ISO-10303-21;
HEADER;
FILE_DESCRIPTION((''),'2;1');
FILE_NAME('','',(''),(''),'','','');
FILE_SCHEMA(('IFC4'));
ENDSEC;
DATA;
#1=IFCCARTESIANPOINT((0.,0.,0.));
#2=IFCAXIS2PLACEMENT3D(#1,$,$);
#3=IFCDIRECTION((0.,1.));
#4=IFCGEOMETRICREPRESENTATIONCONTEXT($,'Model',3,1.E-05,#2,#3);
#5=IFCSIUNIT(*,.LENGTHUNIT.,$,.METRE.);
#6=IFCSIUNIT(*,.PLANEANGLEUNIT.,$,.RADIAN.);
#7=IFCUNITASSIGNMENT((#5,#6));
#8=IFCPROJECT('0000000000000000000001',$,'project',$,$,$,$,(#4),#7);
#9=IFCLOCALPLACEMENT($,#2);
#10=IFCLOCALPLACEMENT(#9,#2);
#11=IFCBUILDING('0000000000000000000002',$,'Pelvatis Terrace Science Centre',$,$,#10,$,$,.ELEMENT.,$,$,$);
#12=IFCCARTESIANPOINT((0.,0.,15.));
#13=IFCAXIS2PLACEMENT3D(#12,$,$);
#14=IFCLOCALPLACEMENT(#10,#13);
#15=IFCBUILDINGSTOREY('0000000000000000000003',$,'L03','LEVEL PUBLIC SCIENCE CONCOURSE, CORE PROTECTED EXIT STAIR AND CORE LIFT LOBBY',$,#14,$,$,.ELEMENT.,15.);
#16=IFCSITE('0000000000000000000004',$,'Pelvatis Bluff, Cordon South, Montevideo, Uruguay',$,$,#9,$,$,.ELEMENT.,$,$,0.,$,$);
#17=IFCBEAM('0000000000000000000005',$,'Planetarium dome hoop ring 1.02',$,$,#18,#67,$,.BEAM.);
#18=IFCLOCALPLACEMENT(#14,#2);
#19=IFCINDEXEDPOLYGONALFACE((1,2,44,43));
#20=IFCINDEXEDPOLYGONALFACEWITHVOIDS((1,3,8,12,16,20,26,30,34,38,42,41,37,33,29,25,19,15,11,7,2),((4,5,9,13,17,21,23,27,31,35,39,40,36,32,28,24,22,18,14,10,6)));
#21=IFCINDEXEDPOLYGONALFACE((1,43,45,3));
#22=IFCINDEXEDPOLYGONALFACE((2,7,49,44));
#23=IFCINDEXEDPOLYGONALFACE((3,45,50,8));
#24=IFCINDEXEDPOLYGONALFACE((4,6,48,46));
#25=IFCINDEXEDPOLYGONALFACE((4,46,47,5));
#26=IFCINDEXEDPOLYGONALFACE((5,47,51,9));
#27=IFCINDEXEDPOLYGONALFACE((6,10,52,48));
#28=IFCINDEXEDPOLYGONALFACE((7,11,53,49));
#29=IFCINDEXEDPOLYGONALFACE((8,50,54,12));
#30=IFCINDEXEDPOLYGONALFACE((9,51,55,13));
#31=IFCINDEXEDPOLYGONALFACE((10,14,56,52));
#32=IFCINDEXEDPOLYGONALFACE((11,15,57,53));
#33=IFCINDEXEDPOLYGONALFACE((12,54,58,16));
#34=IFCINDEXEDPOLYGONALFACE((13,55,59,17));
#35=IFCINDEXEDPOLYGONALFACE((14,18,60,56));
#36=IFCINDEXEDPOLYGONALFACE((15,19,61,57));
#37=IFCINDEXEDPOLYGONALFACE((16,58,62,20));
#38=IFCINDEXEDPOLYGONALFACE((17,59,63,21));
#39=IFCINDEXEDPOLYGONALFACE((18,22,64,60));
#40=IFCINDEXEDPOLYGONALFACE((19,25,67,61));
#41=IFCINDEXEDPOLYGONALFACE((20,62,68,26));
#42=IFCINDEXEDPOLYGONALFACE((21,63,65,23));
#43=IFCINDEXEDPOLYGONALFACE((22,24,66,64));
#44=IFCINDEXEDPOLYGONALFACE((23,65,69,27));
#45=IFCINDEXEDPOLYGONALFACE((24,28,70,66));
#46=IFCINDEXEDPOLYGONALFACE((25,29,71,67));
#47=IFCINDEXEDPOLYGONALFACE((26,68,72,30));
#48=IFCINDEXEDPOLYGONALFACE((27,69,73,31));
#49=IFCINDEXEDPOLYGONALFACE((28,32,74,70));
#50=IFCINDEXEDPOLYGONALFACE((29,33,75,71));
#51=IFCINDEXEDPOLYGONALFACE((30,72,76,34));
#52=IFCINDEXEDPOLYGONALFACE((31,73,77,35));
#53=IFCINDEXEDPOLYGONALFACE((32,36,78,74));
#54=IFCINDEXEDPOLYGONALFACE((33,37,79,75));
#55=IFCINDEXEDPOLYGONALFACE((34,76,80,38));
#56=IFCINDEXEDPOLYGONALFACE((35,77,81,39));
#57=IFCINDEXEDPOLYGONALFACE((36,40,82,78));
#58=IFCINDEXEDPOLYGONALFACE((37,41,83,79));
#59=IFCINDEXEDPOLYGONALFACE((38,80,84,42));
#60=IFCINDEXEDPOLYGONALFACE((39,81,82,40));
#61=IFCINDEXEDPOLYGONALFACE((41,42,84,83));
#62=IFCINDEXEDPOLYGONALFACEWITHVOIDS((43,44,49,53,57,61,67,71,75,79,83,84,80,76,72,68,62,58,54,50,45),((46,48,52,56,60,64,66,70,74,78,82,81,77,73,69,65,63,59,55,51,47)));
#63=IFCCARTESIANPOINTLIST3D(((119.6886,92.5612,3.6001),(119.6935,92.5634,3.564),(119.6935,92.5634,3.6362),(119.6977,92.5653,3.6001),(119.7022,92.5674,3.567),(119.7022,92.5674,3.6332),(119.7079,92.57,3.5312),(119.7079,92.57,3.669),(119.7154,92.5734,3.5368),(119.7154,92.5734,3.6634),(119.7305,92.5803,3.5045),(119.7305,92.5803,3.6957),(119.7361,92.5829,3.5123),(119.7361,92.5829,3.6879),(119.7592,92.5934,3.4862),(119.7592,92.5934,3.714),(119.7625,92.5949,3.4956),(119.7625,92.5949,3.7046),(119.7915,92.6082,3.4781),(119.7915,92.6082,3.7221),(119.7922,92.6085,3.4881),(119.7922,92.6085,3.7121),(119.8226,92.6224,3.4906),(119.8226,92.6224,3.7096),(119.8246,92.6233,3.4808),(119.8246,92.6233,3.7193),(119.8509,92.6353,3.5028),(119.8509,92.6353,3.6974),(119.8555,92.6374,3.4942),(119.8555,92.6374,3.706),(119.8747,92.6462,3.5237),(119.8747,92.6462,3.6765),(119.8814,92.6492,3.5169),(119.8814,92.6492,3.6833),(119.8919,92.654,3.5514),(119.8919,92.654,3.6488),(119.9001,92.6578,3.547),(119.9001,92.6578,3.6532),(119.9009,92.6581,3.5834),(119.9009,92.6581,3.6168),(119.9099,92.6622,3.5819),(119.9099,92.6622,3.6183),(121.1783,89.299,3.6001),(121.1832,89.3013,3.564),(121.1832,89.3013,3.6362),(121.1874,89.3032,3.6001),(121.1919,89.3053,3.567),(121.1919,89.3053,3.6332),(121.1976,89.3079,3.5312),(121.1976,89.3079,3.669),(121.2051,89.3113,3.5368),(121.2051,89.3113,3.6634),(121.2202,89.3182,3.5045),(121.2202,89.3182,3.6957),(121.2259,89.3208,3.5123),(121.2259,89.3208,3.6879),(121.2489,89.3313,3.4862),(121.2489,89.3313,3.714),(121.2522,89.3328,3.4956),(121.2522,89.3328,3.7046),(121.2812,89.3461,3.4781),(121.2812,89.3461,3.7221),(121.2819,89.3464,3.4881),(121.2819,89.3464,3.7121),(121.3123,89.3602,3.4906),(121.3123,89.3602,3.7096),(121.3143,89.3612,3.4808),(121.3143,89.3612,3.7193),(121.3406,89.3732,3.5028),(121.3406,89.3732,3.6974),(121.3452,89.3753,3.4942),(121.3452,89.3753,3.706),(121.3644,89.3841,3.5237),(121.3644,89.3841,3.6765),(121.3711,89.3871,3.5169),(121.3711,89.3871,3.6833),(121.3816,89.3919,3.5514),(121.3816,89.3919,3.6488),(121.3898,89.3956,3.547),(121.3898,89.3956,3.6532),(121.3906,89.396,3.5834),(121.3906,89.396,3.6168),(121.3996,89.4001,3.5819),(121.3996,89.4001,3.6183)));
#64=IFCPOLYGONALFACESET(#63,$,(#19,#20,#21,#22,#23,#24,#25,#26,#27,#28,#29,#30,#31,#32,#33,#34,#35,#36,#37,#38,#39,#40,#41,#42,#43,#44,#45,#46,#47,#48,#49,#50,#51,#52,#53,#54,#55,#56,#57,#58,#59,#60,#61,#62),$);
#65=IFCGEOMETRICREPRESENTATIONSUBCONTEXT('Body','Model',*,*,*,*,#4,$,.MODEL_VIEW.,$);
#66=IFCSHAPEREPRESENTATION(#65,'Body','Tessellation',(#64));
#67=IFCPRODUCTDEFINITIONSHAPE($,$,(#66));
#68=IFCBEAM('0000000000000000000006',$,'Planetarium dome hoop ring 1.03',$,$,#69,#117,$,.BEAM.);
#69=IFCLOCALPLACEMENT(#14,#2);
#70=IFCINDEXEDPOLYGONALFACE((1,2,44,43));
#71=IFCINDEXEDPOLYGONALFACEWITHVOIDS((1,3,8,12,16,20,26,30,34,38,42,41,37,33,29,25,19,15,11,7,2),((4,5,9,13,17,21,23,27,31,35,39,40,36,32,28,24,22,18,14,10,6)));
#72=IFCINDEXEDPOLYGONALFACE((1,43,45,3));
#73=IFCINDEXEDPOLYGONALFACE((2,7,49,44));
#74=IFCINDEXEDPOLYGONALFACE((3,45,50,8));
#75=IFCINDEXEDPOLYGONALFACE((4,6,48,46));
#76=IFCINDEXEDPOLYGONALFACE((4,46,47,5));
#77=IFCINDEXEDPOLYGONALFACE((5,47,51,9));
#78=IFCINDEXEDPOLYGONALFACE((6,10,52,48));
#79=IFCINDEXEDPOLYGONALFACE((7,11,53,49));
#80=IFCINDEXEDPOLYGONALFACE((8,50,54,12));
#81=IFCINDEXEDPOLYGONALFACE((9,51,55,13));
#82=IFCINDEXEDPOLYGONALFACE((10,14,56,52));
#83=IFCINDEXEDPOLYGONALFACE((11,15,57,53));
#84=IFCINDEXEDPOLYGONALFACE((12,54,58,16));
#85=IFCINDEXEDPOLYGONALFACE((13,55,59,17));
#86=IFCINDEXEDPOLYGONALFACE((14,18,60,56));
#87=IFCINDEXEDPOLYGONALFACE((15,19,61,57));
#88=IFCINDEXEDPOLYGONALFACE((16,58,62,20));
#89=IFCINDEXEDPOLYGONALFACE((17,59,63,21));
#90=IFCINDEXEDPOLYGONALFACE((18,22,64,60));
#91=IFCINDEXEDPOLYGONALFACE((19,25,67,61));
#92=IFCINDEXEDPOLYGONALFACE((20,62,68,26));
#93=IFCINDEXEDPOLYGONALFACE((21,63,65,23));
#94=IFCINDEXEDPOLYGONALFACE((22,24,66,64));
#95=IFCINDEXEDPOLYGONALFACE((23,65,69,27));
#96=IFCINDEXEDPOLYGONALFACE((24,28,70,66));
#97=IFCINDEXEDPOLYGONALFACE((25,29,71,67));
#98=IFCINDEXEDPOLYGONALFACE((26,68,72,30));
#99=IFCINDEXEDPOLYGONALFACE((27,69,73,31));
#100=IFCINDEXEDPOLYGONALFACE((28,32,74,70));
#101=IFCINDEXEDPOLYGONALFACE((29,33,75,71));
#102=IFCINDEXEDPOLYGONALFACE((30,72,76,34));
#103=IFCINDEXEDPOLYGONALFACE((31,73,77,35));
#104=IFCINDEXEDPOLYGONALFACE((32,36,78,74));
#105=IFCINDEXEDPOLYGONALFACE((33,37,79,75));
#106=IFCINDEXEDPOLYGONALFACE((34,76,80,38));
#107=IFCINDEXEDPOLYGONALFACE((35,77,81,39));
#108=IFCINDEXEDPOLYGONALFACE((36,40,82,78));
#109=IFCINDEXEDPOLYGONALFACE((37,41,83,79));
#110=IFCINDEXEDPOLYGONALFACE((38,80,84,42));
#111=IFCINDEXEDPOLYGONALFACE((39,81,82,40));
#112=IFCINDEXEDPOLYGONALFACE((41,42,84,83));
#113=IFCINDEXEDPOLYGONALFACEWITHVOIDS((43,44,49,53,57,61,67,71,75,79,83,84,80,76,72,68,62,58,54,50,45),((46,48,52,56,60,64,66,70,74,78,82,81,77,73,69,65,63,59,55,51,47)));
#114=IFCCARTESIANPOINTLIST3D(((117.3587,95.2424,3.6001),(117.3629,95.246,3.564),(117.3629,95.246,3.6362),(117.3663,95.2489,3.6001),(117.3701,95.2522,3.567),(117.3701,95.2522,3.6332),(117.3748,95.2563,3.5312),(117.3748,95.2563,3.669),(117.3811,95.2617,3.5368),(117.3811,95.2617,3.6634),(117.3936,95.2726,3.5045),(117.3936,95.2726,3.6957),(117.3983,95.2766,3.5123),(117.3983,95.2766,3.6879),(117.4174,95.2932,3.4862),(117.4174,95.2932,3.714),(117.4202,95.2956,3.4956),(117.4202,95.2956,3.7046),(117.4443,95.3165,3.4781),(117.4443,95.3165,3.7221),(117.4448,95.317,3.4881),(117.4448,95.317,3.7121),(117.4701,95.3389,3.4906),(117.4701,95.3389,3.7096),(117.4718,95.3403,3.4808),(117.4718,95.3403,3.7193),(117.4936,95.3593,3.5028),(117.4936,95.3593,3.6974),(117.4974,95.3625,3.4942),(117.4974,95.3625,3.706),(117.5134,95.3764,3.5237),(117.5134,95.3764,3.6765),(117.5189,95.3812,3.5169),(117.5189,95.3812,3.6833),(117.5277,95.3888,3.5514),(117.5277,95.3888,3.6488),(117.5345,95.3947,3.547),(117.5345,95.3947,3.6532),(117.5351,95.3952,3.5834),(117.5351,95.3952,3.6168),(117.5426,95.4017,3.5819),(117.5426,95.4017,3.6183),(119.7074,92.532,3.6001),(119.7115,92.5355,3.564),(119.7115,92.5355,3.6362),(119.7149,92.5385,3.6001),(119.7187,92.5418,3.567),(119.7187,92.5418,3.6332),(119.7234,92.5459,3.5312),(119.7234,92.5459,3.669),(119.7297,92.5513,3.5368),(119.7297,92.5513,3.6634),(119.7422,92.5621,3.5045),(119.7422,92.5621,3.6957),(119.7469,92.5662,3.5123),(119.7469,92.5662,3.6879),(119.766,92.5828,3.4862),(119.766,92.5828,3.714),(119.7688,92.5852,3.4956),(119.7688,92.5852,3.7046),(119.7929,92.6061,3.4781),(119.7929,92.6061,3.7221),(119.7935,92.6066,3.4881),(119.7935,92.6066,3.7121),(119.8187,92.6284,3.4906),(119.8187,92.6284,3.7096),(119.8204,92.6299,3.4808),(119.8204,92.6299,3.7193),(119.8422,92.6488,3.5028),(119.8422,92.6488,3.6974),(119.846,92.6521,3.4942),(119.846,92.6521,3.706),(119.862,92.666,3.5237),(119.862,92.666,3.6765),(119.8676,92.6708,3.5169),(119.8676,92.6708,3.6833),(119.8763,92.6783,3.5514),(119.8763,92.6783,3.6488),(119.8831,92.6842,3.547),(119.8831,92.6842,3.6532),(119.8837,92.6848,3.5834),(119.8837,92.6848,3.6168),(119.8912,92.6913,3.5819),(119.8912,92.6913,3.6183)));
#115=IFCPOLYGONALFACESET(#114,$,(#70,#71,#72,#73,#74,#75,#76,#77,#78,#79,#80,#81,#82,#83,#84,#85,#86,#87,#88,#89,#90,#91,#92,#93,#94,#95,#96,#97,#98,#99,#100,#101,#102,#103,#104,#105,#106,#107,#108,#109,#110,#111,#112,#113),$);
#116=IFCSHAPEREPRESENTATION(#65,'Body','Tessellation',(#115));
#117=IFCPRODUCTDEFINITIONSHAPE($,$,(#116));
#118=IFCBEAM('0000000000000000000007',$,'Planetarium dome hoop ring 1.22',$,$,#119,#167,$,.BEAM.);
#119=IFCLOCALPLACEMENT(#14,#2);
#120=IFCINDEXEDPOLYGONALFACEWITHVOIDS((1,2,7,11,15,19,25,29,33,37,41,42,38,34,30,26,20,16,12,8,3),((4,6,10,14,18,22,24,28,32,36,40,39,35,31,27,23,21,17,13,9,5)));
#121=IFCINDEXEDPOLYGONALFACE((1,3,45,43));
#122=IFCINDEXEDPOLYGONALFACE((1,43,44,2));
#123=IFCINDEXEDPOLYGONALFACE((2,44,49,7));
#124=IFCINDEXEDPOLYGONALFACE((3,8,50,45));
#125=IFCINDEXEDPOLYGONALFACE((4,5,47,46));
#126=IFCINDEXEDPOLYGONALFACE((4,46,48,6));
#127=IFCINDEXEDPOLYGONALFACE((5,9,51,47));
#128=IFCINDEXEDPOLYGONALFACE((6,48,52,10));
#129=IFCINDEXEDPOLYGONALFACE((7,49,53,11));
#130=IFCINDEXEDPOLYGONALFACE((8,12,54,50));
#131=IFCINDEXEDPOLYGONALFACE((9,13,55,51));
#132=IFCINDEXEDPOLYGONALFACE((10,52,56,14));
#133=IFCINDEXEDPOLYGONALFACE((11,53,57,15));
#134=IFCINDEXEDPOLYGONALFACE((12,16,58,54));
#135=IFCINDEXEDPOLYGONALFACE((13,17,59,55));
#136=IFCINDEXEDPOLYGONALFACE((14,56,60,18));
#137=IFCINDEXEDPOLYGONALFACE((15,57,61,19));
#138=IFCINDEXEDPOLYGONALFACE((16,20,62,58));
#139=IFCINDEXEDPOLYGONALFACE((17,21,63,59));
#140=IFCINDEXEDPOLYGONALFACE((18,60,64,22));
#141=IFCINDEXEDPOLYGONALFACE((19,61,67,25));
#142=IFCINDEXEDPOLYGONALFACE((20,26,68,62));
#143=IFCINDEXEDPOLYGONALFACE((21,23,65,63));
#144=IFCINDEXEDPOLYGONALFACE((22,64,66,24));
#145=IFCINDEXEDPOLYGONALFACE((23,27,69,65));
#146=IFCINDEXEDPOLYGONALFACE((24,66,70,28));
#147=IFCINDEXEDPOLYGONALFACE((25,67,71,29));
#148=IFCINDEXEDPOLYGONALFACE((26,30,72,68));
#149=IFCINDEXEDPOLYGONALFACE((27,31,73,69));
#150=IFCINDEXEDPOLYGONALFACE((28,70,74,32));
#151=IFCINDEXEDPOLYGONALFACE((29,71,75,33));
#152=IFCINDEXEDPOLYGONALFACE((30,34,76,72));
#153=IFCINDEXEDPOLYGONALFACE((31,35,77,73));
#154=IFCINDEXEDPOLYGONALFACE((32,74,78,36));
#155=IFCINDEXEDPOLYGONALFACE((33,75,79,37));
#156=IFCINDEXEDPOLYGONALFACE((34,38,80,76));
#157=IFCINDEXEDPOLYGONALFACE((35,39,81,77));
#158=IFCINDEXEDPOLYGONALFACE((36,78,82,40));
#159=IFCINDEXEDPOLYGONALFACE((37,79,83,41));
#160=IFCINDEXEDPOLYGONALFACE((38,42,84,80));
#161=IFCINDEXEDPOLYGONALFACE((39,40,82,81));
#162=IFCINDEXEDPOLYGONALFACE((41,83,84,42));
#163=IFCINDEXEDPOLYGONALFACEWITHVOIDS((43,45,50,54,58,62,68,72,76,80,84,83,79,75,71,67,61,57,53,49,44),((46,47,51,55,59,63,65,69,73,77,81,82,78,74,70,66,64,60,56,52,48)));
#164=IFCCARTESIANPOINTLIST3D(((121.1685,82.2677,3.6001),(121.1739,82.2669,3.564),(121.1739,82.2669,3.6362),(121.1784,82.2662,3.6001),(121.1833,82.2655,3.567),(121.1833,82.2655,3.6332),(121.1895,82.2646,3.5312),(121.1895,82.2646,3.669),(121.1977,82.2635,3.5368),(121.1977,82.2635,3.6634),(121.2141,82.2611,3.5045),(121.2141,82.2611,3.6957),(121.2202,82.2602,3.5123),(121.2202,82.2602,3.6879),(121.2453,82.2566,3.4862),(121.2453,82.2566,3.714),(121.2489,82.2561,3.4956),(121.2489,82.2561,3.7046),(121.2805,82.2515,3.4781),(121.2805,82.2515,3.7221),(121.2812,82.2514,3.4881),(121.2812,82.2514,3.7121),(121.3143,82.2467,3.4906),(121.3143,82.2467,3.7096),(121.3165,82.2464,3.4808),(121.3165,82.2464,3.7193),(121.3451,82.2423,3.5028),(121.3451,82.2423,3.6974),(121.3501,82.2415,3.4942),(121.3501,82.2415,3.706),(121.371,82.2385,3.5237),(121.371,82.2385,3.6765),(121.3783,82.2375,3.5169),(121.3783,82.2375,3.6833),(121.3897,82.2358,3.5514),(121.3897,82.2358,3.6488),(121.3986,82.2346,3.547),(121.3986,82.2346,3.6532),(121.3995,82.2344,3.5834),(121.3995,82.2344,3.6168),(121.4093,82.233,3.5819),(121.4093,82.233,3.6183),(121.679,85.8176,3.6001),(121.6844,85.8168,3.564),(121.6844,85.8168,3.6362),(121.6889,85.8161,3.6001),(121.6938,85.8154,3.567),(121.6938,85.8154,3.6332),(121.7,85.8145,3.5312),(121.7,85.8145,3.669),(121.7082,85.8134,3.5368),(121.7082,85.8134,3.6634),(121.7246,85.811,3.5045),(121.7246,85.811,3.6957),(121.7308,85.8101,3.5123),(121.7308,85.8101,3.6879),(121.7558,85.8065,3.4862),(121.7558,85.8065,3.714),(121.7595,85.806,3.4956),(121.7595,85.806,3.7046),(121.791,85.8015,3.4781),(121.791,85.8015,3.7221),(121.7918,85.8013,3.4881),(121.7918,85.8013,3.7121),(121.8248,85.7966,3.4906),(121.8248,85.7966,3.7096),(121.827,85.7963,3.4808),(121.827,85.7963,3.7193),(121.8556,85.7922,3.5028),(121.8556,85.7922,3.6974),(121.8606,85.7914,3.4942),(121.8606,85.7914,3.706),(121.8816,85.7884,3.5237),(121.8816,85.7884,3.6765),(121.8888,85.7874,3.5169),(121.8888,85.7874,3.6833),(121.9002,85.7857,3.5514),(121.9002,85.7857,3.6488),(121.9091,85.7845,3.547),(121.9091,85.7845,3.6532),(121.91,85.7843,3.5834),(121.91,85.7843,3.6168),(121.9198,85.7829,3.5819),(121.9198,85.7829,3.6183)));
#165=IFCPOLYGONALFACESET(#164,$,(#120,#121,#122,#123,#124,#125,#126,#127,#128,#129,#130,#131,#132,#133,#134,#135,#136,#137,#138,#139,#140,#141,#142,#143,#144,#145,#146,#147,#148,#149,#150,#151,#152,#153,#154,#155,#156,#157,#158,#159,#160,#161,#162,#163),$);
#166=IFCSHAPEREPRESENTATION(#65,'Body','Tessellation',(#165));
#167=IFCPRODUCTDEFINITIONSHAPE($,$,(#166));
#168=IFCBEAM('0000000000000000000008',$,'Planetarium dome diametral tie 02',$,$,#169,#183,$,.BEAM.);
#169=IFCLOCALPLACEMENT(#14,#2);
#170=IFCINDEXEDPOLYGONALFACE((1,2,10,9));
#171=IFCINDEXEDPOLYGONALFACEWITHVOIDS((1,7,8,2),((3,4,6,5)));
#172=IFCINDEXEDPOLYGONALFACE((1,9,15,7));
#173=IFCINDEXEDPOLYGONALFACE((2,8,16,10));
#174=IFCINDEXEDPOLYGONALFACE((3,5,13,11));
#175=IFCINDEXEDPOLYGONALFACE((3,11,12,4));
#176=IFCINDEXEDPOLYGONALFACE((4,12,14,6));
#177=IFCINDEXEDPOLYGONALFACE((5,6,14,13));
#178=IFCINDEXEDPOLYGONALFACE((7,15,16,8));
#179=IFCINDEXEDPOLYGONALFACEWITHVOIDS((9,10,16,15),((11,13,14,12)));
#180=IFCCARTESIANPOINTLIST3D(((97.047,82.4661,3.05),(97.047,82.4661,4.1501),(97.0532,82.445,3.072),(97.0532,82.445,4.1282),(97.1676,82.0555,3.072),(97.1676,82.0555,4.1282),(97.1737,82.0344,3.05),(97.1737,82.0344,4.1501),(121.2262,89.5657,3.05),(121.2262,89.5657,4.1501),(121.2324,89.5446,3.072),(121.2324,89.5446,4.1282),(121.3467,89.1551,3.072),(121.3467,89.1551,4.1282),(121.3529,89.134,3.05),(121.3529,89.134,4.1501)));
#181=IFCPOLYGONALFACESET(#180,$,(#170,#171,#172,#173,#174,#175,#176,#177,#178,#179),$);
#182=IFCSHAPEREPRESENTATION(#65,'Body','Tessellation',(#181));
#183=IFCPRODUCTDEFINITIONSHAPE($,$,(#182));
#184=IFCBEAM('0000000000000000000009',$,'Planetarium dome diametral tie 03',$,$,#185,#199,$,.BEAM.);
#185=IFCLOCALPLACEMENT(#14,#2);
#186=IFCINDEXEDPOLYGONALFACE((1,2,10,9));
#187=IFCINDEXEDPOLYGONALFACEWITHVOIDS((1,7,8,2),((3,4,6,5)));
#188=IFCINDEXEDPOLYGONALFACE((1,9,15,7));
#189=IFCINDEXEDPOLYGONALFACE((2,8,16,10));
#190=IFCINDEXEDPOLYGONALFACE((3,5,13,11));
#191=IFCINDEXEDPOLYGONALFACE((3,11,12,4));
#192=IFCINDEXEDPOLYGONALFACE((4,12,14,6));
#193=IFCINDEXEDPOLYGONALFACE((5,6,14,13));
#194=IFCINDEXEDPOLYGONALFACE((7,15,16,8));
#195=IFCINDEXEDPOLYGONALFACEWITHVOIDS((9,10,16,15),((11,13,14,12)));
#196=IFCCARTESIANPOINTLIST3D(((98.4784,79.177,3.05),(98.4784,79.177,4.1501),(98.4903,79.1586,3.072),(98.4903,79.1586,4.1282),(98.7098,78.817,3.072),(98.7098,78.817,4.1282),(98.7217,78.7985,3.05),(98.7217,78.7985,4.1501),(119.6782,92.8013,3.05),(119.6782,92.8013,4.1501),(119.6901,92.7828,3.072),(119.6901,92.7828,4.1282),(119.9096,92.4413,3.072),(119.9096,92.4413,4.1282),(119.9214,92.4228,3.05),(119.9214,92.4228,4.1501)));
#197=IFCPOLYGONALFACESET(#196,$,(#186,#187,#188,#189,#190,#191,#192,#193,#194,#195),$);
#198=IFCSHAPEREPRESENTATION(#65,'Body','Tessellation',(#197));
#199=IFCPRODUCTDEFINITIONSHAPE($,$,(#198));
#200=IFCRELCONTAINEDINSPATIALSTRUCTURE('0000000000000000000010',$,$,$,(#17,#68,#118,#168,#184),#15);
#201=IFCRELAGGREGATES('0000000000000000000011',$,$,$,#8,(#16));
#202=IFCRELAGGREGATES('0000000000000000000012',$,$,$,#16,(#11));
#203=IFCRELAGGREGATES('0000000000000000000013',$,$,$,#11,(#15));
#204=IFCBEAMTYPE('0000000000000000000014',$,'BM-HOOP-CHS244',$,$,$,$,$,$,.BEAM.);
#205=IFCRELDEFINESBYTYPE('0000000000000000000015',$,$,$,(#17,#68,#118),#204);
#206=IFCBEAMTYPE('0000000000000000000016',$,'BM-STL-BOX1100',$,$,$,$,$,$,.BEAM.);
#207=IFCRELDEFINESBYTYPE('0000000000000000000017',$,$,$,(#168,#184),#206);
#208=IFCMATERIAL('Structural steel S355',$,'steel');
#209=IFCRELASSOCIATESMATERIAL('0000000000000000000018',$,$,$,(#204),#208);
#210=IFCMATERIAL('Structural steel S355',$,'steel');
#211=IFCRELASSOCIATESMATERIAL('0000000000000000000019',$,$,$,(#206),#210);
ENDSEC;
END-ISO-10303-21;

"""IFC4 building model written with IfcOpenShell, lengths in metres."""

from ifc_helpers import new_model, si_unit, direction, frame, origin, origin_2d, place, context, subcontext, project, spatial, hollow_rectangle, hollow_circle, extrude, material, material_profile, profile_set, type_object, element, save


model = new_model("IFC4")

# Units and contexts
model_context = context("Model", 3, precision=1e-05, world=origin(), true_north=direction((0.0, 1.0)))
body_context = subcontext(model_context, "Body", "Model", "MODEL_VIEW")
ifc_project = project(units=[si_unit("LENGTHUNIT", "METRE"), si_unit("PLANEANGLEUNIT", "RADIAN")], contexts=[model_context])

# Site, building, storey
site_placement = place(None, origin())
site = spatial("IfcSite", under=ifc_project, at=site_placement, Name="Pelvatis Bluff, Cordon South, Montevideo, Uruguay", CompositionType="ELEMENT", RefElevation=0.0)
building_placement = place(site_placement, origin())
building = spatial("IfcBuilding", under=site, at=building_placement, Name="Pelvatis Terrace Science Centre", CompositionType="ELEMENT")
storey_placement = place(building_placement, frame((0.0, 0.0, 15.0)))
storey = spatial("IfcBuildingStorey", under=building, at=storey_placement, Name="L03", Description="LEVEL PUBLIC SCIENCE CONCOURSE, CORE PROTECTED EXIT STAIR AND CORE LIFT LOBBY", CompositionType="ELEMENT", Elevation=15.0)

# Beams
ifc_material_1 = material(Name="Structural steel S355", Category="steel")
ifc_material_profile_1 = material_profile(ifc_material_1, hollow_circle(Radius=0.1223, WallThickness=0.01, at=origin_2d()), Name="CHS 244.5x10.0")
ifc_profile_set_1 = profile_set([ifc_material_profile_1], Name="Structural steel S355")
beam_type_1 = type_object("IfcBeamType", Name="BM-HOOP-CHS244", PredefinedType="BEAM", material=ifc_profile_set_1)
beam_1_placement = place(storey_placement, frame((121.2896, 89.3499, 3.6001), z_axis=(-0.415403, 0.909638, 0.0), x_axis=(-0.909638, -0.415403, 0.0)))
element("IfcBeam", 1, at=beam_1_placement, inside=storey, type_object=beam_type_1, Name="Planetarium dome hoop ring 1.02", PredefinedType="BEAM", context=body_context, shape_type="SweptSolid", body=[
    extrude(hollow_circle(Radius=0.1223, WallThickness=0.01, at=origin_2d()), origin(), (0.0, 0.0, 1.0), 3.5862),
])
for number, where, z_axis, x_axis, name in (
    (2, (119.7998, 92.6121, 3.6001), (-0.654863, 0.755747, 0.0), (-0.755747, -0.654863, 0.0), "Planetarium dome hoop ring 1.03"),
    (3, (121.2896, 82.2502, 3.6001), (0.142346, 0.989817, 0.0), (-0.989817, 0.142346, 0.0), "Planetarium dome hoop ring 1.22"),
):
    element("IfcBeam", number, at=place(storey_placement, frame(where, z_axis=z_axis, x_axis=x_axis)), inside=storey, type_object=beam_type_1, Name=name, PredefinedType="BEAM", context=body_context, shape_type="SweptSolid", body=[
        extrude(hollow_circle(Radius=0.1223, WallThickness=0.01, at=origin_2d()), origin(), (0.0, 0.0, 1.0), 3.5864),
    ])
ifc_material_2 = material(Name="Structural steel S355", Category="steel")
ifc_material_profile_2 = material_profile(ifc_material_2, hollow_rectangle(XDim=0.45, YDim=1.1001, WallThickness=0.022, at=origin_2d()), Name="RHS 1100x450x22.0")
ifc_profile_set_2 = profile_set([ifc_material_profile_2], Name="Structural steel S355")
beam_type_2 = type_object("IfcBeamType", Name="BM-STL-BOX1100", PredefinedType="BEAM", material=ifc_profile_set_2)
beam_2_placement = place(storey_placement, frame((121.2896, 89.3499, 3.6001), z_axis=(-0.959493, -0.281731, 0.0), x_axis=(0.281731, -0.959493, 0.0)))
element("IfcBeam", 4, at=beam_2_placement, inside=storey, type_object=beam_type_2, Name="Planetarium dome diametral tie 02", PredefinedType="BEAM", context=body_context, shape_type="SweptSolid", body=[
    extrude(hollow_rectangle(XDim=0.45, YDim=1.1001, WallThickness=0.022, at=origin_2d()), origin(), (0.0, 0.0, 1.0), 25.2),
])
beam_3_placement = place(storey_placement, frame((119.7998, 92.6121, 3.6001), z_axis=(-0.841253, -0.540642, 0.0), x_axis=(0.540642, -0.841253, 0.0)))
element("IfcBeam", 5, at=beam_3_placement, inside=storey, type_object=beam_type_2, Name="Planetarium dome diametral tie 03", PredefinedType="BEAM", context=body_context, shape_type="SweptSolid", body=[
    extrude(hollow_rectangle(XDim=0.45, YDim=1.1001, WallThickness=0.022, at=origin_2d()), origin(), (0.0, 0.0, 1.0), 25.2002),
])

save(model, "model.ifc")
